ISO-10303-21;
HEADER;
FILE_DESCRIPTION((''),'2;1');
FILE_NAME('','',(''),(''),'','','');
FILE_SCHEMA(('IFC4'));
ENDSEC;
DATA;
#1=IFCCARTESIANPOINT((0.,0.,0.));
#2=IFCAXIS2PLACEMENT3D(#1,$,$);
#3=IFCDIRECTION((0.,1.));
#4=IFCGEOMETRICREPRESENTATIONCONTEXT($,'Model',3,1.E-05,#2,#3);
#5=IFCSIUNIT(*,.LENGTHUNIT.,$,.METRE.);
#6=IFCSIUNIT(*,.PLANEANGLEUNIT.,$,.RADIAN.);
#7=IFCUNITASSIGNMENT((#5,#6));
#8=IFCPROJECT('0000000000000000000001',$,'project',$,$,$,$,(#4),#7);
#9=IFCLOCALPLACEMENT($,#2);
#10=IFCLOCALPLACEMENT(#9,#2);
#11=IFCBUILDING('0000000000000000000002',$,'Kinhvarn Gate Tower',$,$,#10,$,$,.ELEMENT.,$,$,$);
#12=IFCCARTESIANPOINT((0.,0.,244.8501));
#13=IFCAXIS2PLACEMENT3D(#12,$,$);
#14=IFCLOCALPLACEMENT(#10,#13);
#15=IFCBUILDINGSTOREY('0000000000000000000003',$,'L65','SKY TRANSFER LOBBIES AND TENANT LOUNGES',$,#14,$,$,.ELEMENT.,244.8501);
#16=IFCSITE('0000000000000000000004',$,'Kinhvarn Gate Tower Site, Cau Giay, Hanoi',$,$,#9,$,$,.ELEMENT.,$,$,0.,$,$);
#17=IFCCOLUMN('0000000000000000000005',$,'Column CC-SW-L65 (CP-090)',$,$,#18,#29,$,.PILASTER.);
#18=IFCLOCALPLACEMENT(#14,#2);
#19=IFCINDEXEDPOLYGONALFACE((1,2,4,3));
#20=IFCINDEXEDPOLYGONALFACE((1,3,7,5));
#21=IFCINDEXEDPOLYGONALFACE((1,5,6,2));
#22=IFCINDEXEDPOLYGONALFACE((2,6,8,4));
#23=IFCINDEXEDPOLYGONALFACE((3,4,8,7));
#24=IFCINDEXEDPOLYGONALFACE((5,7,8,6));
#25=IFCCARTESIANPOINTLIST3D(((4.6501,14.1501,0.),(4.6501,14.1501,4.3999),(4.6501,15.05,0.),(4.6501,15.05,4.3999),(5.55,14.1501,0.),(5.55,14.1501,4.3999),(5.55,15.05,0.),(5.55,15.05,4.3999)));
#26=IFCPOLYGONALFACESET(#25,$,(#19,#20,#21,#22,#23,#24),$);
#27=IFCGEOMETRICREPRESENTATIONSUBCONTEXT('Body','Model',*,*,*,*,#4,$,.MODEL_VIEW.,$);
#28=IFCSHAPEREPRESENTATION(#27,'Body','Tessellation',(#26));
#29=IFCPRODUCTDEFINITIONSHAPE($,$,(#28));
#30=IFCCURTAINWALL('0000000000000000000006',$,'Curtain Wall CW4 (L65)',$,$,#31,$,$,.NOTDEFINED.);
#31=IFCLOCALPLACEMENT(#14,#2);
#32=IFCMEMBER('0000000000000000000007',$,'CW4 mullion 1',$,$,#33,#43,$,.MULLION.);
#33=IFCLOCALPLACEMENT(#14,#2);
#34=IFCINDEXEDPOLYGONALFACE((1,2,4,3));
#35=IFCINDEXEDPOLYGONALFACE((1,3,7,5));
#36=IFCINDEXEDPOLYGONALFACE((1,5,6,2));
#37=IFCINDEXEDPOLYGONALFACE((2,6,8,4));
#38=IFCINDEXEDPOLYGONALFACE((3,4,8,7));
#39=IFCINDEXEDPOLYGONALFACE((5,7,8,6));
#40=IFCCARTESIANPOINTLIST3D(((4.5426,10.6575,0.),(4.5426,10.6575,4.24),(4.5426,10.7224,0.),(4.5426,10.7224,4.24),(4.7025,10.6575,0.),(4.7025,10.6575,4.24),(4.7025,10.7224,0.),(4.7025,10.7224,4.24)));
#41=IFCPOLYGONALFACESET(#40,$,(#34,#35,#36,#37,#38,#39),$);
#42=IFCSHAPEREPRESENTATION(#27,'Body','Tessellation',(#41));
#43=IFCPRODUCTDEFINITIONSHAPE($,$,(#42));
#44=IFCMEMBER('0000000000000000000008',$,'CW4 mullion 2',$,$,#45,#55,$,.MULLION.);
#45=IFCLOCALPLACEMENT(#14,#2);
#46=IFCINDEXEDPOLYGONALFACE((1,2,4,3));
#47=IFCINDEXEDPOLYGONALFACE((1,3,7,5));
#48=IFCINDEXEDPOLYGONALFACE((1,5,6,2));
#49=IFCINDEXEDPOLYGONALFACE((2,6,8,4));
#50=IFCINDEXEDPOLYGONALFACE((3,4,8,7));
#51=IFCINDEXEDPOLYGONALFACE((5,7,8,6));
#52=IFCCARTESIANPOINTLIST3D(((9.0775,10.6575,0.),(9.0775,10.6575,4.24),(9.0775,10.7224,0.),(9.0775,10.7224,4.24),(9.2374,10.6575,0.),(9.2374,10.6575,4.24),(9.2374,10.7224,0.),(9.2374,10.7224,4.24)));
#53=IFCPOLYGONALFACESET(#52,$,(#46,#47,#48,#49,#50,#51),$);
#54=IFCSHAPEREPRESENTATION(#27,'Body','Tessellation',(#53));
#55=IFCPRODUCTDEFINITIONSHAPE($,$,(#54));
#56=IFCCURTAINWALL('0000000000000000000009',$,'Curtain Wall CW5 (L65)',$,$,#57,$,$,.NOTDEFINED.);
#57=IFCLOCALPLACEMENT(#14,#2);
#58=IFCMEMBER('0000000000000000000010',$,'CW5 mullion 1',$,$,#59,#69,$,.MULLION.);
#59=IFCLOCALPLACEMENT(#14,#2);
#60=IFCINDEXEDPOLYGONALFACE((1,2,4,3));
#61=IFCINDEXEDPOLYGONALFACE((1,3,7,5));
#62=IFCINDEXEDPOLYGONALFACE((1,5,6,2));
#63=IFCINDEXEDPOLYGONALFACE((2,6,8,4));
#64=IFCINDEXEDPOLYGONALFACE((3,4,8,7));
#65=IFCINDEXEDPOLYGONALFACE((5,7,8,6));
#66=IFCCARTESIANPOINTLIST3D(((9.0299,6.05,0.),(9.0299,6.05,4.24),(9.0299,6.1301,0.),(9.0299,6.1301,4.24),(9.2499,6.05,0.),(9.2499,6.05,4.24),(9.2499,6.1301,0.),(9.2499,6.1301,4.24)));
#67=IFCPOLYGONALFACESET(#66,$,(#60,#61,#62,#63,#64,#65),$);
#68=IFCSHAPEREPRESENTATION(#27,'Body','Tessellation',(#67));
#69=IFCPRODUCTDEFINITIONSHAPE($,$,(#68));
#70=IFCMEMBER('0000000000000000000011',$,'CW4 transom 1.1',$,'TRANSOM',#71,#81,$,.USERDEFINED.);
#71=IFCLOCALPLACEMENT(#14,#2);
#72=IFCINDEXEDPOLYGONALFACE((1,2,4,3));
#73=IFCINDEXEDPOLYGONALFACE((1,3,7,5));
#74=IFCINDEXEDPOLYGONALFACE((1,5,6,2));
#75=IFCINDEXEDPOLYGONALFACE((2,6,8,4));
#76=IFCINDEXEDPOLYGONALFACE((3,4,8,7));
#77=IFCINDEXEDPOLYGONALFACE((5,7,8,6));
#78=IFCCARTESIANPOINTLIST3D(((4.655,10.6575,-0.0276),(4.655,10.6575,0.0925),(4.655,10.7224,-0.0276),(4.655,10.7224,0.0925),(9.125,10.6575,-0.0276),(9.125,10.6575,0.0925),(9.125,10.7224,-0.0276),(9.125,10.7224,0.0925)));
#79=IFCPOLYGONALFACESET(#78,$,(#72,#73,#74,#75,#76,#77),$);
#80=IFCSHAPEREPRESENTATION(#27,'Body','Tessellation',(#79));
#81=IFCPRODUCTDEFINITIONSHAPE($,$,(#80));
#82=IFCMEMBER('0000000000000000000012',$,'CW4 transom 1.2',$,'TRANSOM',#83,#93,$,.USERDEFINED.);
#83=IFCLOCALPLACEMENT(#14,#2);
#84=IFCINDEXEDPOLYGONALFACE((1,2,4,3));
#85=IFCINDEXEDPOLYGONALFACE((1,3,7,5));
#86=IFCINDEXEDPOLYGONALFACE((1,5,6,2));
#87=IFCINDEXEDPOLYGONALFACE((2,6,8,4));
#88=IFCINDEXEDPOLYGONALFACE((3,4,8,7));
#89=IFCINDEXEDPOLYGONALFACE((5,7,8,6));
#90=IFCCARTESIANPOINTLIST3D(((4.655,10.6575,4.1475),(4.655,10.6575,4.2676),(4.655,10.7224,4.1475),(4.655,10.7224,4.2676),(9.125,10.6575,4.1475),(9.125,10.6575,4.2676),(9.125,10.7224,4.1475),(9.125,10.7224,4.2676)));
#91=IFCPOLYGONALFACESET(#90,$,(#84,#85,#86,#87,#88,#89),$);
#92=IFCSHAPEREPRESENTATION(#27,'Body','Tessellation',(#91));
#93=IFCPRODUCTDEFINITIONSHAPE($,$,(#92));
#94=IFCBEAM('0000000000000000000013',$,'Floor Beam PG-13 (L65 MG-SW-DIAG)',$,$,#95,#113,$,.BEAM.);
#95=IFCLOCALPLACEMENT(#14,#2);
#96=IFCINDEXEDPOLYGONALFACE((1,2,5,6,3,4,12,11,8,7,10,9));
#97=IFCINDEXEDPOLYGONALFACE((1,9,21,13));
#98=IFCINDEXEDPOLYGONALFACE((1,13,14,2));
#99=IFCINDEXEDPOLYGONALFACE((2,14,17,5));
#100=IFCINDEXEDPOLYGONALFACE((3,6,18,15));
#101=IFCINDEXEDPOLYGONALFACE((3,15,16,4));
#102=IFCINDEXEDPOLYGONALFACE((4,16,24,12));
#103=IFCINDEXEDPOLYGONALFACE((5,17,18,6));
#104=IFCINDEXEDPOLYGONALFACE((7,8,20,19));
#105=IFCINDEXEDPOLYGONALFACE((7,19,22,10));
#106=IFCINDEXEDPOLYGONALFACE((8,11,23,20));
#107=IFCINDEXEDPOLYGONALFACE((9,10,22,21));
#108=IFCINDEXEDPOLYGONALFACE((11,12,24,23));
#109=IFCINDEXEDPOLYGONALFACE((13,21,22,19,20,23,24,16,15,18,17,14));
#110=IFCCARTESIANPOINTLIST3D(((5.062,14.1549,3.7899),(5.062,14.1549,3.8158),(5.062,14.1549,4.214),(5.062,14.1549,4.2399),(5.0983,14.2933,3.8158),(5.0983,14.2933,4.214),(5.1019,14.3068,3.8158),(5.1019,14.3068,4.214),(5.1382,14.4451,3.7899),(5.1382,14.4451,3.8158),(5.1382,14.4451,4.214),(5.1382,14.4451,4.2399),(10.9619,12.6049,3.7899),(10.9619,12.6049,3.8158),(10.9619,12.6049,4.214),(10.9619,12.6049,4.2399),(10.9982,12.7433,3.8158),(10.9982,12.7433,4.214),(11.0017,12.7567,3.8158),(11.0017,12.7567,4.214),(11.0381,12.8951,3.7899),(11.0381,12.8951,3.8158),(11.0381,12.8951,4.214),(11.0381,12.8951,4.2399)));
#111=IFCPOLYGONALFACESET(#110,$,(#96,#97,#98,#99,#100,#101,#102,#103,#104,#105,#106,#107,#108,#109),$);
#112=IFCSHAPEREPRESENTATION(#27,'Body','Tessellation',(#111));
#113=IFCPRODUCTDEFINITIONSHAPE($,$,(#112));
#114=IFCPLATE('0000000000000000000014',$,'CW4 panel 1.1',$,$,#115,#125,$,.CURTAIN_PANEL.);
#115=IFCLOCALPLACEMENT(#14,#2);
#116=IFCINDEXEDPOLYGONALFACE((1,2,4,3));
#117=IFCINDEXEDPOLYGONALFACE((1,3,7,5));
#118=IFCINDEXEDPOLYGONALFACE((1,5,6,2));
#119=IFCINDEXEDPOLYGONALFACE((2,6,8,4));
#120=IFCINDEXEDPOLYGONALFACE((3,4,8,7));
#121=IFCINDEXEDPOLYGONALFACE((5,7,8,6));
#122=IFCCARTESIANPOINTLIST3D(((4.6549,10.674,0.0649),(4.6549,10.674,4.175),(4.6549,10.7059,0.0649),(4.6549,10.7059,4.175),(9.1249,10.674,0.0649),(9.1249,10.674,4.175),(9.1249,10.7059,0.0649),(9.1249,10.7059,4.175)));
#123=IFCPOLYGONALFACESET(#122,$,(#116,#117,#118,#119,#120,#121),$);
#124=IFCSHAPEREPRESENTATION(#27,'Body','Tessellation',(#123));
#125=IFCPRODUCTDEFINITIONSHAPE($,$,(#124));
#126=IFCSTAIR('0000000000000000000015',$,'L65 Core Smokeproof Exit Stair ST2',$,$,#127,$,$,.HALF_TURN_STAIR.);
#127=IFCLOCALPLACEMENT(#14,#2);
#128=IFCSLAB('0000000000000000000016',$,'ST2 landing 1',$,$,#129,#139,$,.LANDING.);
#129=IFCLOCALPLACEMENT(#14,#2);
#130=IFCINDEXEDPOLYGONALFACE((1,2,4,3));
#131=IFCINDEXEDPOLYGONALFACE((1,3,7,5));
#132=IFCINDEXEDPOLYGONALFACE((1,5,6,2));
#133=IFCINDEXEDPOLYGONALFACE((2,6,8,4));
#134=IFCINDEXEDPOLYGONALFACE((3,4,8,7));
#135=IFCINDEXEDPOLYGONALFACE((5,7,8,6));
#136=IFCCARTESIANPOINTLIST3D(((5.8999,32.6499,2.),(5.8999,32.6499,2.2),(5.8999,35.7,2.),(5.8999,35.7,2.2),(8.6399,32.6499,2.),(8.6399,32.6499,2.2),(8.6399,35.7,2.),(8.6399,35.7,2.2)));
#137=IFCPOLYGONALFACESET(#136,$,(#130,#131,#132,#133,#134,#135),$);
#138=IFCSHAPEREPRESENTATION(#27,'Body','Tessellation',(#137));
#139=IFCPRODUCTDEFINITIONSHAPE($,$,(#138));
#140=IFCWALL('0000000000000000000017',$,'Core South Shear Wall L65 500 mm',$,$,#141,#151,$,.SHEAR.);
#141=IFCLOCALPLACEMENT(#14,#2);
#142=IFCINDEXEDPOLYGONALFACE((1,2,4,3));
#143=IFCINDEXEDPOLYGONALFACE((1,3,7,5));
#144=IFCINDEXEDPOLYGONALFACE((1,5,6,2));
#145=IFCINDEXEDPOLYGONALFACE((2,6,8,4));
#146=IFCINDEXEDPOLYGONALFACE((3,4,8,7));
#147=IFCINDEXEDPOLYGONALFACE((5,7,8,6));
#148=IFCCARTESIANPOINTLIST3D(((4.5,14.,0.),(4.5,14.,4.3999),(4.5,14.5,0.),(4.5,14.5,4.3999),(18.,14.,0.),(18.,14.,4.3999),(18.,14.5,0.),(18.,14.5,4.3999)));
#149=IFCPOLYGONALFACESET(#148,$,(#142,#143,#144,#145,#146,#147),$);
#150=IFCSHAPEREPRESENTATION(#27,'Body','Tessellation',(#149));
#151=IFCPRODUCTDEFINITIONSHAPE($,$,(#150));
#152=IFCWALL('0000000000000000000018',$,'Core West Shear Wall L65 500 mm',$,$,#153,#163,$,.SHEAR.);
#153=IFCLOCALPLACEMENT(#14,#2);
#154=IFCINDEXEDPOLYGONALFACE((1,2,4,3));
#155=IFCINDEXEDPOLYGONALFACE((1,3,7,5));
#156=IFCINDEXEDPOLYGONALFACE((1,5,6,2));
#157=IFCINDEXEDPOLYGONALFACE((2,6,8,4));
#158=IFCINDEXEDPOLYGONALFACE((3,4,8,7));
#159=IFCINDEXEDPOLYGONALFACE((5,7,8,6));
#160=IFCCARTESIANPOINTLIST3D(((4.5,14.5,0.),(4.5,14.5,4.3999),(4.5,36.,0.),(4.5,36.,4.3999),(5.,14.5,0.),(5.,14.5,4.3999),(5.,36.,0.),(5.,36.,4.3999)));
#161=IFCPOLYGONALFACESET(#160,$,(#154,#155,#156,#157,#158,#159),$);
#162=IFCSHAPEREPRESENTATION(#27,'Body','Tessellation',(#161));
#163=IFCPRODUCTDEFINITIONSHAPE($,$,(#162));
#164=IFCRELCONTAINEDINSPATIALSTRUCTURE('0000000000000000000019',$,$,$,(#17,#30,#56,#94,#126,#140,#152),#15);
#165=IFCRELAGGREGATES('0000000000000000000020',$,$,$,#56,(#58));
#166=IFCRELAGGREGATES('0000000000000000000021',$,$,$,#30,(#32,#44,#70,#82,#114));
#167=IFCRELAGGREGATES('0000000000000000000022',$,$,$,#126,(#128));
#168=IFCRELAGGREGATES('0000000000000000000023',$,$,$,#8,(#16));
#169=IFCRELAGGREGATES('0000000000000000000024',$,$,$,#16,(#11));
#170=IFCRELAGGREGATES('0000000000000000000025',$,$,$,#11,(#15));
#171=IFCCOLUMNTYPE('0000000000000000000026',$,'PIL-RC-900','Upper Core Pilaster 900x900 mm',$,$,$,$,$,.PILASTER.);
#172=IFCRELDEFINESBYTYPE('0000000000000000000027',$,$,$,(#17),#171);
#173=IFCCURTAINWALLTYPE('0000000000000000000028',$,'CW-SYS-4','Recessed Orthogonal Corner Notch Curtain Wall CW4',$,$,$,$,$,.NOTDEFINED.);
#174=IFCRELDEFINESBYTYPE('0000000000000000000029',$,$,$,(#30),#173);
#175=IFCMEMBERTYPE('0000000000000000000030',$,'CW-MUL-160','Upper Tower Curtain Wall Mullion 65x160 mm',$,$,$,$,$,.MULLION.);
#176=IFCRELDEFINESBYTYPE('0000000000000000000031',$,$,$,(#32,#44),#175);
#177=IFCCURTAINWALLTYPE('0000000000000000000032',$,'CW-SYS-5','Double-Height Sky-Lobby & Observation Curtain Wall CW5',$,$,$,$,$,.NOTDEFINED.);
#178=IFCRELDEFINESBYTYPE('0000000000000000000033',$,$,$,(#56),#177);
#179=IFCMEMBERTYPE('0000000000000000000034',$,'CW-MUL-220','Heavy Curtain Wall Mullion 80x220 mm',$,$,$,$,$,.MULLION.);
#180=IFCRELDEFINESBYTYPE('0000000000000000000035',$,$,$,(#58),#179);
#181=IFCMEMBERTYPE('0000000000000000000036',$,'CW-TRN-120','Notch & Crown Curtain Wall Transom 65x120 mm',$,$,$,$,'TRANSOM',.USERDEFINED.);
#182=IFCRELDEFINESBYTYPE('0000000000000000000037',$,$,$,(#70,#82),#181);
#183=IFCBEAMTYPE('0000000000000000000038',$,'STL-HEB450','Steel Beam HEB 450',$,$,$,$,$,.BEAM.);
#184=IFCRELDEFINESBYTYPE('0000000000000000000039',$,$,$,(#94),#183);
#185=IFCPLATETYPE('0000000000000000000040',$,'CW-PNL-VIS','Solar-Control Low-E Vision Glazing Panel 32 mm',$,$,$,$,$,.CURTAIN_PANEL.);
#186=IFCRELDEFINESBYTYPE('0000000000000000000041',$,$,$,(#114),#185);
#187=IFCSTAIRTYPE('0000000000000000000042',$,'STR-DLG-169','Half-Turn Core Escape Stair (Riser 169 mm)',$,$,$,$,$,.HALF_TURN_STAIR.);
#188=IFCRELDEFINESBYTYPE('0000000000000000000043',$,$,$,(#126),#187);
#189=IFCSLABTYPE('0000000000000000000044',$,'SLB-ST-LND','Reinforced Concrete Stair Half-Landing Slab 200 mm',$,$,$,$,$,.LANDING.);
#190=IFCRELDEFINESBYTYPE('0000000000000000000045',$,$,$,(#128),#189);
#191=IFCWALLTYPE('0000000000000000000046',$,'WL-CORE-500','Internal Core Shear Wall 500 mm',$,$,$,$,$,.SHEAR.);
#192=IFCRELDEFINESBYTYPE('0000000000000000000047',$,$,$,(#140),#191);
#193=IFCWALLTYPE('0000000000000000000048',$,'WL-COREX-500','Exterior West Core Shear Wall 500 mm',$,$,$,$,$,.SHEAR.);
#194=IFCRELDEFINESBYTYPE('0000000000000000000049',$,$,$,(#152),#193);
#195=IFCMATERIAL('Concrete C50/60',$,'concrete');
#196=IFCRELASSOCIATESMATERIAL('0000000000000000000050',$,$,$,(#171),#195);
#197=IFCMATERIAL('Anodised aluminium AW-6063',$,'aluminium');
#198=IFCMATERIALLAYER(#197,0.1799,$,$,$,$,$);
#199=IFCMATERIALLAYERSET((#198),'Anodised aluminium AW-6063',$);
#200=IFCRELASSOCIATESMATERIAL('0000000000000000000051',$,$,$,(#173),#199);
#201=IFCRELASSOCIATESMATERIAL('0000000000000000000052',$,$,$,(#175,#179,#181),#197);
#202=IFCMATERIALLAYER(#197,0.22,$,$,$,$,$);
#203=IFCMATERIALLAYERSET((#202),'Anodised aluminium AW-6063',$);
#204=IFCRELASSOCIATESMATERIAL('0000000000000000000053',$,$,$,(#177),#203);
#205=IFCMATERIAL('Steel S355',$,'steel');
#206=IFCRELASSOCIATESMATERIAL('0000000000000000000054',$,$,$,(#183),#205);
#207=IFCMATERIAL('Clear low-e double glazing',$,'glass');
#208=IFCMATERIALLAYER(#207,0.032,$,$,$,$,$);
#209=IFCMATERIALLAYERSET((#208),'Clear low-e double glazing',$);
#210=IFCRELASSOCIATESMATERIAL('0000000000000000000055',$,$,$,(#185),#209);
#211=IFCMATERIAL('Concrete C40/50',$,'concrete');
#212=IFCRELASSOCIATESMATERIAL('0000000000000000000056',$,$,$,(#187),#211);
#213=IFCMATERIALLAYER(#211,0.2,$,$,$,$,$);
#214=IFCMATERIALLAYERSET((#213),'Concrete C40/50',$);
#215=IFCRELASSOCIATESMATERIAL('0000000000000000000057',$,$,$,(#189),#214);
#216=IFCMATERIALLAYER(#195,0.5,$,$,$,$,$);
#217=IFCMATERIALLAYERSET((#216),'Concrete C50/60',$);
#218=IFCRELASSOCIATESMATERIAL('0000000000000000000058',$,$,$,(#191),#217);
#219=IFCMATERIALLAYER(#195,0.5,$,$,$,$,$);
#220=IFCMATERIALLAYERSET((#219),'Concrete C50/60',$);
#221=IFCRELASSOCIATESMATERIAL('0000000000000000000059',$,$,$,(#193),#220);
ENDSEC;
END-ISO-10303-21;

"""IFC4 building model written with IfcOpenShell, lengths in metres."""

from ifc_helpers import new_model, si_unit, direction, frame, frame_2d, origin, origin_2d, place, context, subcontext, project, spatial, polyline, rectangle, i_section, outline, extrude, material, layer, layer_set, material_profile, profile_set, type_object, element, aggregate, save


model = new_model("IFC4")

# Units and contexts
model_context = context("Model", 3, precision=1e-05, world=origin(), true_north=direction((0.0, 1.0)))
body_context = subcontext(model_context, "Body", "Model", "MODEL_VIEW")
ifc_project = project(units=[si_unit("LENGTHUNIT", "METRE"), si_unit("PLANEANGLEUNIT", "RADIAN")], contexts=[model_context])

# Site, building, storey
site_placement = place(None, origin())
site = spatial("IfcSite", under=ifc_project, at=site_placement, Name="Kinhvarn Gate Tower Site, Cau Giay, Hanoi", CompositionType="ELEMENT", RefElevation=0.0)
building_placement = place(site_placement, origin())
building = spatial("IfcBuilding", under=site, at=building_placement, Name="Kinhvarn Gate Tower", CompositionType="ELEMENT")
storey_placement = place(building_placement, frame((0.0, 0.0, 244.8501)))
storey = spatial("IfcBuildingStorey", under=building, at=storey_placement, Name="L65", Description="SKY TRANSFER LOBBIES AND TENANT LOUNGES", CompositionType="ELEMENT", Elevation=244.8501)

# Column
ifc_material_1 = material(Name="Concrete C50/60", Category="concrete")
ifc_material_profile_1 = material_profile(ifc_material_1, rectangle(XDim=0.8999, YDim=0.8999, at=origin_2d()), Name="RC 900x900")
ifc_profile_set_1 = profile_set([ifc_material_profile_1], Name="Concrete C50/60")
column_type = type_object("IfcColumnType", Name="PIL-RC-900", Description="Upper Core Pilaster 900x900 mm", PredefinedType="PILASTER", material=ifc_profile_set_1)
column_placement = place(storey_placement, frame((5.1001, 14.6001, 0.0), z_axis=(0.0, 0.0, 1.0), x_axis=(1.0, 0.0, 0.0)))
element("IfcColumn", 1, at=column_placement, inside=storey, type_object=column_type, Name="Column CC-SW-L65 (CP-090)", PredefinedType="PILASTER", context=body_context, shape_type="SweptSolid", body=[
    extrude(rectangle(XDim=0.8999, YDim=0.8999, at=origin_2d()), origin(), (0.0, 0.0, 1.0), 4.3999),
])

# Curtain wall, members
ifc_material_2 = material(Name="Anodised aluminium AW-6063", Category="aluminium")
ifc_layer_1 = layer(ifc_material_2, 0.1799)
ifc_layer_set_1 = layer_set([ifc_layer_1], Name="Anodised aluminium AW-6063")
curtain_wall_type_1 = type_object("IfcCurtainWallType", Name="CW-SYS-4", Description="Recessed Orthogonal Corner Notch Curtain Wall CW4", PredefinedType="NOTDEFINED", material=ifc_layer_set_1)
curtain_wall_1_placement = place(storey_placement, origin())
curtain_wall_1 = element("IfcCurtainWall", 2, at=curtain_wall_1_placement, inside=storey, type_object=curtain_wall_type_1, Name="Curtain Wall CW4 (L65)", PredefinedType="NOTDEFINED")
ifc_material_profile_2 = material_profile(ifc_material_2, rectangle(XDim=0.0649, YDim=0.1599, at=origin_2d()), Name="ALU 65x160")
ifc_profile_set_2 = profile_set([ifc_material_profile_2], Name="Anodised aluminium AW-6063")
member_type_1 = type_object("IfcMemberType", Name="CW-MUL-160", Description="Upper Tower Curtain Wall Mullion 65x160 mm", PredefinedType="MULLION", material=ifc_profile_set_2)
member_1_placement = place(storey_placement, frame((4.6226, 10.6899, 0.0), z_axis=(0.0, 0.0, 1.0), x_axis=(0.0, 1.0, 0.0)))
member_1 = element("IfcMember", 3, at=member_1_placement, type_object=member_type_1, Name="CW4 mullion 1", PredefinedType="MULLION", context=body_context, shape_type="SweptSolid", body=[
    extrude(rectangle(XDim=0.0649, YDim=0.1599, at=origin_2d()), origin(), (0.0, 0.0, 1.0), 4.24),
])
member_2_placement = place(storey_placement, frame((9.1575, 10.6899, 0.0), z_axis=(0.0, 0.0, 1.0), x_axis=(0.0, 1.0, 0.0)))
member_2 = element("IfcMember", 4, at=member_2_placement, type_object=member_type_1, Name="CW4 mullion 2", PredefinedType="MULLION", context=body_context, shape_type="SweptSolid", body=[
    extrude(rectangle(XDim=0.0649, YDim=0.1599, at=origin_2d()), origin(), (0.0, 0.0, 1.0), 4.24),
])

# Curtain wall, member
ifc_layer_2 = layer(ifc_material_2, 0.22)
ifc_layer_set_2 = layer_set([ifc_layer_2], Name="Anodised aluminium AW-6063")
curtain_wall_type_2 = type_object("IfcCurtainWallType", Name="CW-SYS-5", Description="Double-Height Sky-Lobby & Observation Curtain Wall CW5", PredefinedType="NOTDEFINED", material=ifc_layer_set_2)
curtain_wall_2_placement = place(storey_placement, origin())
curtain_wall_2 = element("IfcCurtainWall", 5, at=curtain_wall_2_placement, inside=storey, type_object=curtain_wall_type_2, Name="Curtain Wall CW5 (L65)", PredefinedType="NOTDEFINED")
ifc_material_profile_3 = material_profile(ifc_material_2, rectangle(XDim=0.0801, YDim=0.22, at=origin_2d()), Name="ALU 80x220")
ifc_profile_set_3 = profile_set([ifc_material_profile_3], Name="Anodised aluminium AW-6063")
member_type_2 = type_object("IfcMemberType", Name="CW-MUL-220", Description="Heavy Curtain Wall Mullion 80x220 mm", PredefinedType="MULLION", material=ifc_profile_set_3)
member_3_placement = place(storey_placement, frame((9.1399, 6.0901, 0.0), z_axis=(0.0, 0.0, 1.0), x_axis=(0.0, 1.0, 0.0)))
member_3 = element("IfcMember", 6, at=member_3_placement, type_object=member_type_2, Name="CW5 mullion 1", PredefinedType="MULLION", context=body_context, shape_type="SweptSolid", body=[
    extrude(rectangle(XDim=0.0801, YDim=0.22, at=origin_2d()), origin(), (0.0, 0.0, 1.0), 4.24),
])
aggregate(curtain_wall_2, [member_3])

# Members
ifc_material_profile_4 = material_profile(ifc_material_2, rectangle(XDim=0.0649, YDim=0.1201, at=origin_2d()), Name="ALU 65x120")
ifc_profile_set_4 = profile_set([ifc_material_profile_4], Name="Anodised aluminium AW-6063")
member_type_3 = type_object("IfcMemberType", Name="CW-TRN-120", Description="Notch & Crown Curtain Wall Transom 65x120 mm", ElementType="TRANSOM", PredefinedType="USERDEFINED", material=ifc_profile_set_4)
member_4_placement = place(storey_placement, frame((4.655, 10.6899, 0.0325), z_axis=(1.0, 0.0, 0.0), x_axis=(0.0, 1.0, 0.0)))
member_4 = element("IfcMember", 7, at=member_4_placement, type_object=member_type_3, Name="CW4 transom 1.1", ObjectType="TRANSOM", PredefinedType="USERDEFINED", context=body_context, shape_type="SweptSolid", body=[
    extrude(rectangle(XDim=0.0649, YDim=0.1201, at=origin_2d()), origin(), (0.0, 0.0, 1.0), 4.47),
])
member_5_placement = place(storey_placement, frame((4.655, 10.6899, 4.2075), z_axis=(1.0, 0.0, 0.0), x_axis=(0.0, 1.0, 0.0)))
member_5 = element("IfcMember", 8, at=member_5_placement, type_object=member_type_3, Name="CW4 transom 1.2", ObjectType="TRANSOM", PredefinedType="USERDEFINED", context=body_context, shape_type="SweptSolid", body=[
    extrude(rectangle(XDim=0.0649, YDim=0.1201, at=origin_2d()), origin(), (0.0, 0.0, 1.0), 4.47),
])

# Beam
ifc_material_3 = material(Name="Steel S355", Category="steel")
ifc_material_profile_5 = material_profile(ifc_material_3, i_section(OverallWidth=0.3, OverallDepth=0.45, WebThickness=0.0139, FlangeThickness=0.0259, at=origin_2d()), Name="HEB 450")
ifc_profile_set_5 = profile_set([ifc_material_profile_5], Name="Steel S355")
beam_type = type_object("IfcBeamType", Name="STL-HEB450", Description="Steel Beam HEB 450", PredefinedType="BEAM", material=ifc_profile_set_5)
beam_placement = place(storey_placement, frame((5.1001, 14.3, 4.0149), z_axis=(0.967178, -0.254101, 0.0), x_axis=(0.254101, 0.967178, 0.0)))
element("IfcBeam", 9, at=beam_placement, inside=storey, type_object=beam_type, Name="Floor Beam PG-13 (L65 MG-SW-DIAG)", PredefinedType="BEAM", context=body_context, shape_type="SweptSolid", body=[
    extrude(i_section(OverallWidth=0.3, OverallDepth=0.45, WebThickness=0.0139, FlangeThickness=0.0259, at=origin_2d()), origin(), (0.0, 0.0, 1.0), 6.1001),
])

# Plate
ifc_material_4 = material(Name="Clear low-e double glazing", Category="glass")
ifc_layer_3 = layer(ifc_material_4, 0.032)
ifc_layer_set_3 = layer_set([ifc_layer_3], Name="Clear low-e double glazing")
plate_type = type_object("IfcPlateType", Name="CW-PNL-VIS", Description="Solar-Control Low-E Vision Glazing Panel 32 mm", PredefinedType="CURTAIN_PANEL", material=ifc_layer_set_3)
plate_placement = place(storey_placement, frame((6.8899, 10.6899, 0.0649), z_axis=(0.0, 0.0, 1.0), x_axis=(1.0, 0.0, 0.0)))
plate = element("IfcPlate", 10, at=plate_placement, type_object=plate_type, Name="CW4 panel 1.1", PredefinedType="CURTAIN_PANEL", context=body_context, shape_type="SweptSolid", body=[
    extrude(rectangle(XDim=4.47, YDim=0.032, at=origin_2d()), origin(), (0.0, 0.0, 1.0), 4.1101),
])
aggregate(curtain_wall_1, [member_1, member_2, member_4, member_5, plate])

# Stair, slab
ifc_material_5 = material(Name="Concrete C40/50", Category="concrete")
stair_type = type_object("IfcStairType", Name="STR-DLG-169", Description="Half-Turn Core Escape Stair (Riser 169 mm)", PredefinedType="HALF_TURN_STAIR", material=ifc_material_5)
stair_1_placement = place(storey_placement, origin())
stair_1 = element("IfcStair", 11, at=stair_1_placement, inside=storey, type_object=stair_type, Name="L65 Core Smokeproof Exit Stair ST2", PredefinedType="HALF_TURN_STAIR")
ifc_layer_4 = layer(ifc_material_5, 0.2)
ifc_layer_set_4 = layer_set([ifc_layer_4], Name="Concrete C40/50")
slab_type = type_object("IfcSlabType", Name="SLB-ST-LND", Description="Reinforced Concrete Stair Half-Landing Slab 200 mm", PredefinedType="LANDING", material=ifc_layer_set_4)
slab_placement = place(storey_placement, frame((0.0, 0.0, 2.0)))
slab = element("IfcSlab", 12, at=slab_placement, type_object=slab_type, Name="ST2 landing 1", PredefinedType="LANDING", context=body_context, shape_type="SweptSolid", body=[
    extrude(outline(polyline([(8.6399, 35.7), (5.8999, 35.7), (5.8999, 32.6499), (8.6399, 32.6499), (8.6399, 35.7)])), origin(), (0.0, 0.0, 1.0), 0.2),
])
aggregate(stair_1, [slab])

# Walls
ifc_layer_5 = layer(ifc_material_1, 0.5)
ifc_layer_set_5 = layer_set([ifc_layer_5], Name="Concrete C50/60")
wall_type_1 = type_object("IfcWallType", Name="WL-CORE-500", Description="Internal Core Shear Wall 500 mm", PredefinedType="SHEAR", material=ifc_layer_set_5)
wall_1_placement = place(storey_placement, frame((4.5, 14.25, 0.0), z_axis=(0.0, 0.0, 1.0), x_axis=(1.0, 0.0, 0.0)))
element("IfcWall", 13, at=wall_1_placement, inside=storey, type_object=wall_type_1, Name="Core South Shear Wall L65 500 mm", PredefinedType="SHEAR", context=body_context, shape_type="SweptSolid", body=[
    extrude(rectangle(XDim=13.5, YDim=0.5, at=frame_2d((6.75, 0.0))), origin(), (0.0, 0.0, 1.0), 4.3999),
])
ifc_layer_6 = layer(ifc_material_1, 0.5)
ifc_layer_set_6 = layer_set([ifc_layer_6], Name="Concrete C50/60")
wall_type_2 = type_object("IfcWallType", Name="WL-COREX-500", Description="Exterior West Core Shear Wall 500 mm", PredefinedType="SHEAR", material=ifc_layer_set_6)
wall_2_placement = place(storey_placement, frame((4.75, 14.5, 0.0), z_axis=(0.0, 0.0, 1.0), x_axis=(0.0, 1.0, 0.0)))
element("IfcWall", 14, at=wall_2_placement, inside=storey, type_object=wall_type_2, Name="Core West Shear Wall L65 500 mm", PredefinedType="SHEAR", context=body_context, shape_type="SweptSolid", body=[
    extrude(rectangle(XDim=21.5, YDim=0.5, at=frame_2d((10.75, 0.0))), origin(), (0.0, 0.0, 1.0), 4.3999),
])

save(model, "model.ifc")
